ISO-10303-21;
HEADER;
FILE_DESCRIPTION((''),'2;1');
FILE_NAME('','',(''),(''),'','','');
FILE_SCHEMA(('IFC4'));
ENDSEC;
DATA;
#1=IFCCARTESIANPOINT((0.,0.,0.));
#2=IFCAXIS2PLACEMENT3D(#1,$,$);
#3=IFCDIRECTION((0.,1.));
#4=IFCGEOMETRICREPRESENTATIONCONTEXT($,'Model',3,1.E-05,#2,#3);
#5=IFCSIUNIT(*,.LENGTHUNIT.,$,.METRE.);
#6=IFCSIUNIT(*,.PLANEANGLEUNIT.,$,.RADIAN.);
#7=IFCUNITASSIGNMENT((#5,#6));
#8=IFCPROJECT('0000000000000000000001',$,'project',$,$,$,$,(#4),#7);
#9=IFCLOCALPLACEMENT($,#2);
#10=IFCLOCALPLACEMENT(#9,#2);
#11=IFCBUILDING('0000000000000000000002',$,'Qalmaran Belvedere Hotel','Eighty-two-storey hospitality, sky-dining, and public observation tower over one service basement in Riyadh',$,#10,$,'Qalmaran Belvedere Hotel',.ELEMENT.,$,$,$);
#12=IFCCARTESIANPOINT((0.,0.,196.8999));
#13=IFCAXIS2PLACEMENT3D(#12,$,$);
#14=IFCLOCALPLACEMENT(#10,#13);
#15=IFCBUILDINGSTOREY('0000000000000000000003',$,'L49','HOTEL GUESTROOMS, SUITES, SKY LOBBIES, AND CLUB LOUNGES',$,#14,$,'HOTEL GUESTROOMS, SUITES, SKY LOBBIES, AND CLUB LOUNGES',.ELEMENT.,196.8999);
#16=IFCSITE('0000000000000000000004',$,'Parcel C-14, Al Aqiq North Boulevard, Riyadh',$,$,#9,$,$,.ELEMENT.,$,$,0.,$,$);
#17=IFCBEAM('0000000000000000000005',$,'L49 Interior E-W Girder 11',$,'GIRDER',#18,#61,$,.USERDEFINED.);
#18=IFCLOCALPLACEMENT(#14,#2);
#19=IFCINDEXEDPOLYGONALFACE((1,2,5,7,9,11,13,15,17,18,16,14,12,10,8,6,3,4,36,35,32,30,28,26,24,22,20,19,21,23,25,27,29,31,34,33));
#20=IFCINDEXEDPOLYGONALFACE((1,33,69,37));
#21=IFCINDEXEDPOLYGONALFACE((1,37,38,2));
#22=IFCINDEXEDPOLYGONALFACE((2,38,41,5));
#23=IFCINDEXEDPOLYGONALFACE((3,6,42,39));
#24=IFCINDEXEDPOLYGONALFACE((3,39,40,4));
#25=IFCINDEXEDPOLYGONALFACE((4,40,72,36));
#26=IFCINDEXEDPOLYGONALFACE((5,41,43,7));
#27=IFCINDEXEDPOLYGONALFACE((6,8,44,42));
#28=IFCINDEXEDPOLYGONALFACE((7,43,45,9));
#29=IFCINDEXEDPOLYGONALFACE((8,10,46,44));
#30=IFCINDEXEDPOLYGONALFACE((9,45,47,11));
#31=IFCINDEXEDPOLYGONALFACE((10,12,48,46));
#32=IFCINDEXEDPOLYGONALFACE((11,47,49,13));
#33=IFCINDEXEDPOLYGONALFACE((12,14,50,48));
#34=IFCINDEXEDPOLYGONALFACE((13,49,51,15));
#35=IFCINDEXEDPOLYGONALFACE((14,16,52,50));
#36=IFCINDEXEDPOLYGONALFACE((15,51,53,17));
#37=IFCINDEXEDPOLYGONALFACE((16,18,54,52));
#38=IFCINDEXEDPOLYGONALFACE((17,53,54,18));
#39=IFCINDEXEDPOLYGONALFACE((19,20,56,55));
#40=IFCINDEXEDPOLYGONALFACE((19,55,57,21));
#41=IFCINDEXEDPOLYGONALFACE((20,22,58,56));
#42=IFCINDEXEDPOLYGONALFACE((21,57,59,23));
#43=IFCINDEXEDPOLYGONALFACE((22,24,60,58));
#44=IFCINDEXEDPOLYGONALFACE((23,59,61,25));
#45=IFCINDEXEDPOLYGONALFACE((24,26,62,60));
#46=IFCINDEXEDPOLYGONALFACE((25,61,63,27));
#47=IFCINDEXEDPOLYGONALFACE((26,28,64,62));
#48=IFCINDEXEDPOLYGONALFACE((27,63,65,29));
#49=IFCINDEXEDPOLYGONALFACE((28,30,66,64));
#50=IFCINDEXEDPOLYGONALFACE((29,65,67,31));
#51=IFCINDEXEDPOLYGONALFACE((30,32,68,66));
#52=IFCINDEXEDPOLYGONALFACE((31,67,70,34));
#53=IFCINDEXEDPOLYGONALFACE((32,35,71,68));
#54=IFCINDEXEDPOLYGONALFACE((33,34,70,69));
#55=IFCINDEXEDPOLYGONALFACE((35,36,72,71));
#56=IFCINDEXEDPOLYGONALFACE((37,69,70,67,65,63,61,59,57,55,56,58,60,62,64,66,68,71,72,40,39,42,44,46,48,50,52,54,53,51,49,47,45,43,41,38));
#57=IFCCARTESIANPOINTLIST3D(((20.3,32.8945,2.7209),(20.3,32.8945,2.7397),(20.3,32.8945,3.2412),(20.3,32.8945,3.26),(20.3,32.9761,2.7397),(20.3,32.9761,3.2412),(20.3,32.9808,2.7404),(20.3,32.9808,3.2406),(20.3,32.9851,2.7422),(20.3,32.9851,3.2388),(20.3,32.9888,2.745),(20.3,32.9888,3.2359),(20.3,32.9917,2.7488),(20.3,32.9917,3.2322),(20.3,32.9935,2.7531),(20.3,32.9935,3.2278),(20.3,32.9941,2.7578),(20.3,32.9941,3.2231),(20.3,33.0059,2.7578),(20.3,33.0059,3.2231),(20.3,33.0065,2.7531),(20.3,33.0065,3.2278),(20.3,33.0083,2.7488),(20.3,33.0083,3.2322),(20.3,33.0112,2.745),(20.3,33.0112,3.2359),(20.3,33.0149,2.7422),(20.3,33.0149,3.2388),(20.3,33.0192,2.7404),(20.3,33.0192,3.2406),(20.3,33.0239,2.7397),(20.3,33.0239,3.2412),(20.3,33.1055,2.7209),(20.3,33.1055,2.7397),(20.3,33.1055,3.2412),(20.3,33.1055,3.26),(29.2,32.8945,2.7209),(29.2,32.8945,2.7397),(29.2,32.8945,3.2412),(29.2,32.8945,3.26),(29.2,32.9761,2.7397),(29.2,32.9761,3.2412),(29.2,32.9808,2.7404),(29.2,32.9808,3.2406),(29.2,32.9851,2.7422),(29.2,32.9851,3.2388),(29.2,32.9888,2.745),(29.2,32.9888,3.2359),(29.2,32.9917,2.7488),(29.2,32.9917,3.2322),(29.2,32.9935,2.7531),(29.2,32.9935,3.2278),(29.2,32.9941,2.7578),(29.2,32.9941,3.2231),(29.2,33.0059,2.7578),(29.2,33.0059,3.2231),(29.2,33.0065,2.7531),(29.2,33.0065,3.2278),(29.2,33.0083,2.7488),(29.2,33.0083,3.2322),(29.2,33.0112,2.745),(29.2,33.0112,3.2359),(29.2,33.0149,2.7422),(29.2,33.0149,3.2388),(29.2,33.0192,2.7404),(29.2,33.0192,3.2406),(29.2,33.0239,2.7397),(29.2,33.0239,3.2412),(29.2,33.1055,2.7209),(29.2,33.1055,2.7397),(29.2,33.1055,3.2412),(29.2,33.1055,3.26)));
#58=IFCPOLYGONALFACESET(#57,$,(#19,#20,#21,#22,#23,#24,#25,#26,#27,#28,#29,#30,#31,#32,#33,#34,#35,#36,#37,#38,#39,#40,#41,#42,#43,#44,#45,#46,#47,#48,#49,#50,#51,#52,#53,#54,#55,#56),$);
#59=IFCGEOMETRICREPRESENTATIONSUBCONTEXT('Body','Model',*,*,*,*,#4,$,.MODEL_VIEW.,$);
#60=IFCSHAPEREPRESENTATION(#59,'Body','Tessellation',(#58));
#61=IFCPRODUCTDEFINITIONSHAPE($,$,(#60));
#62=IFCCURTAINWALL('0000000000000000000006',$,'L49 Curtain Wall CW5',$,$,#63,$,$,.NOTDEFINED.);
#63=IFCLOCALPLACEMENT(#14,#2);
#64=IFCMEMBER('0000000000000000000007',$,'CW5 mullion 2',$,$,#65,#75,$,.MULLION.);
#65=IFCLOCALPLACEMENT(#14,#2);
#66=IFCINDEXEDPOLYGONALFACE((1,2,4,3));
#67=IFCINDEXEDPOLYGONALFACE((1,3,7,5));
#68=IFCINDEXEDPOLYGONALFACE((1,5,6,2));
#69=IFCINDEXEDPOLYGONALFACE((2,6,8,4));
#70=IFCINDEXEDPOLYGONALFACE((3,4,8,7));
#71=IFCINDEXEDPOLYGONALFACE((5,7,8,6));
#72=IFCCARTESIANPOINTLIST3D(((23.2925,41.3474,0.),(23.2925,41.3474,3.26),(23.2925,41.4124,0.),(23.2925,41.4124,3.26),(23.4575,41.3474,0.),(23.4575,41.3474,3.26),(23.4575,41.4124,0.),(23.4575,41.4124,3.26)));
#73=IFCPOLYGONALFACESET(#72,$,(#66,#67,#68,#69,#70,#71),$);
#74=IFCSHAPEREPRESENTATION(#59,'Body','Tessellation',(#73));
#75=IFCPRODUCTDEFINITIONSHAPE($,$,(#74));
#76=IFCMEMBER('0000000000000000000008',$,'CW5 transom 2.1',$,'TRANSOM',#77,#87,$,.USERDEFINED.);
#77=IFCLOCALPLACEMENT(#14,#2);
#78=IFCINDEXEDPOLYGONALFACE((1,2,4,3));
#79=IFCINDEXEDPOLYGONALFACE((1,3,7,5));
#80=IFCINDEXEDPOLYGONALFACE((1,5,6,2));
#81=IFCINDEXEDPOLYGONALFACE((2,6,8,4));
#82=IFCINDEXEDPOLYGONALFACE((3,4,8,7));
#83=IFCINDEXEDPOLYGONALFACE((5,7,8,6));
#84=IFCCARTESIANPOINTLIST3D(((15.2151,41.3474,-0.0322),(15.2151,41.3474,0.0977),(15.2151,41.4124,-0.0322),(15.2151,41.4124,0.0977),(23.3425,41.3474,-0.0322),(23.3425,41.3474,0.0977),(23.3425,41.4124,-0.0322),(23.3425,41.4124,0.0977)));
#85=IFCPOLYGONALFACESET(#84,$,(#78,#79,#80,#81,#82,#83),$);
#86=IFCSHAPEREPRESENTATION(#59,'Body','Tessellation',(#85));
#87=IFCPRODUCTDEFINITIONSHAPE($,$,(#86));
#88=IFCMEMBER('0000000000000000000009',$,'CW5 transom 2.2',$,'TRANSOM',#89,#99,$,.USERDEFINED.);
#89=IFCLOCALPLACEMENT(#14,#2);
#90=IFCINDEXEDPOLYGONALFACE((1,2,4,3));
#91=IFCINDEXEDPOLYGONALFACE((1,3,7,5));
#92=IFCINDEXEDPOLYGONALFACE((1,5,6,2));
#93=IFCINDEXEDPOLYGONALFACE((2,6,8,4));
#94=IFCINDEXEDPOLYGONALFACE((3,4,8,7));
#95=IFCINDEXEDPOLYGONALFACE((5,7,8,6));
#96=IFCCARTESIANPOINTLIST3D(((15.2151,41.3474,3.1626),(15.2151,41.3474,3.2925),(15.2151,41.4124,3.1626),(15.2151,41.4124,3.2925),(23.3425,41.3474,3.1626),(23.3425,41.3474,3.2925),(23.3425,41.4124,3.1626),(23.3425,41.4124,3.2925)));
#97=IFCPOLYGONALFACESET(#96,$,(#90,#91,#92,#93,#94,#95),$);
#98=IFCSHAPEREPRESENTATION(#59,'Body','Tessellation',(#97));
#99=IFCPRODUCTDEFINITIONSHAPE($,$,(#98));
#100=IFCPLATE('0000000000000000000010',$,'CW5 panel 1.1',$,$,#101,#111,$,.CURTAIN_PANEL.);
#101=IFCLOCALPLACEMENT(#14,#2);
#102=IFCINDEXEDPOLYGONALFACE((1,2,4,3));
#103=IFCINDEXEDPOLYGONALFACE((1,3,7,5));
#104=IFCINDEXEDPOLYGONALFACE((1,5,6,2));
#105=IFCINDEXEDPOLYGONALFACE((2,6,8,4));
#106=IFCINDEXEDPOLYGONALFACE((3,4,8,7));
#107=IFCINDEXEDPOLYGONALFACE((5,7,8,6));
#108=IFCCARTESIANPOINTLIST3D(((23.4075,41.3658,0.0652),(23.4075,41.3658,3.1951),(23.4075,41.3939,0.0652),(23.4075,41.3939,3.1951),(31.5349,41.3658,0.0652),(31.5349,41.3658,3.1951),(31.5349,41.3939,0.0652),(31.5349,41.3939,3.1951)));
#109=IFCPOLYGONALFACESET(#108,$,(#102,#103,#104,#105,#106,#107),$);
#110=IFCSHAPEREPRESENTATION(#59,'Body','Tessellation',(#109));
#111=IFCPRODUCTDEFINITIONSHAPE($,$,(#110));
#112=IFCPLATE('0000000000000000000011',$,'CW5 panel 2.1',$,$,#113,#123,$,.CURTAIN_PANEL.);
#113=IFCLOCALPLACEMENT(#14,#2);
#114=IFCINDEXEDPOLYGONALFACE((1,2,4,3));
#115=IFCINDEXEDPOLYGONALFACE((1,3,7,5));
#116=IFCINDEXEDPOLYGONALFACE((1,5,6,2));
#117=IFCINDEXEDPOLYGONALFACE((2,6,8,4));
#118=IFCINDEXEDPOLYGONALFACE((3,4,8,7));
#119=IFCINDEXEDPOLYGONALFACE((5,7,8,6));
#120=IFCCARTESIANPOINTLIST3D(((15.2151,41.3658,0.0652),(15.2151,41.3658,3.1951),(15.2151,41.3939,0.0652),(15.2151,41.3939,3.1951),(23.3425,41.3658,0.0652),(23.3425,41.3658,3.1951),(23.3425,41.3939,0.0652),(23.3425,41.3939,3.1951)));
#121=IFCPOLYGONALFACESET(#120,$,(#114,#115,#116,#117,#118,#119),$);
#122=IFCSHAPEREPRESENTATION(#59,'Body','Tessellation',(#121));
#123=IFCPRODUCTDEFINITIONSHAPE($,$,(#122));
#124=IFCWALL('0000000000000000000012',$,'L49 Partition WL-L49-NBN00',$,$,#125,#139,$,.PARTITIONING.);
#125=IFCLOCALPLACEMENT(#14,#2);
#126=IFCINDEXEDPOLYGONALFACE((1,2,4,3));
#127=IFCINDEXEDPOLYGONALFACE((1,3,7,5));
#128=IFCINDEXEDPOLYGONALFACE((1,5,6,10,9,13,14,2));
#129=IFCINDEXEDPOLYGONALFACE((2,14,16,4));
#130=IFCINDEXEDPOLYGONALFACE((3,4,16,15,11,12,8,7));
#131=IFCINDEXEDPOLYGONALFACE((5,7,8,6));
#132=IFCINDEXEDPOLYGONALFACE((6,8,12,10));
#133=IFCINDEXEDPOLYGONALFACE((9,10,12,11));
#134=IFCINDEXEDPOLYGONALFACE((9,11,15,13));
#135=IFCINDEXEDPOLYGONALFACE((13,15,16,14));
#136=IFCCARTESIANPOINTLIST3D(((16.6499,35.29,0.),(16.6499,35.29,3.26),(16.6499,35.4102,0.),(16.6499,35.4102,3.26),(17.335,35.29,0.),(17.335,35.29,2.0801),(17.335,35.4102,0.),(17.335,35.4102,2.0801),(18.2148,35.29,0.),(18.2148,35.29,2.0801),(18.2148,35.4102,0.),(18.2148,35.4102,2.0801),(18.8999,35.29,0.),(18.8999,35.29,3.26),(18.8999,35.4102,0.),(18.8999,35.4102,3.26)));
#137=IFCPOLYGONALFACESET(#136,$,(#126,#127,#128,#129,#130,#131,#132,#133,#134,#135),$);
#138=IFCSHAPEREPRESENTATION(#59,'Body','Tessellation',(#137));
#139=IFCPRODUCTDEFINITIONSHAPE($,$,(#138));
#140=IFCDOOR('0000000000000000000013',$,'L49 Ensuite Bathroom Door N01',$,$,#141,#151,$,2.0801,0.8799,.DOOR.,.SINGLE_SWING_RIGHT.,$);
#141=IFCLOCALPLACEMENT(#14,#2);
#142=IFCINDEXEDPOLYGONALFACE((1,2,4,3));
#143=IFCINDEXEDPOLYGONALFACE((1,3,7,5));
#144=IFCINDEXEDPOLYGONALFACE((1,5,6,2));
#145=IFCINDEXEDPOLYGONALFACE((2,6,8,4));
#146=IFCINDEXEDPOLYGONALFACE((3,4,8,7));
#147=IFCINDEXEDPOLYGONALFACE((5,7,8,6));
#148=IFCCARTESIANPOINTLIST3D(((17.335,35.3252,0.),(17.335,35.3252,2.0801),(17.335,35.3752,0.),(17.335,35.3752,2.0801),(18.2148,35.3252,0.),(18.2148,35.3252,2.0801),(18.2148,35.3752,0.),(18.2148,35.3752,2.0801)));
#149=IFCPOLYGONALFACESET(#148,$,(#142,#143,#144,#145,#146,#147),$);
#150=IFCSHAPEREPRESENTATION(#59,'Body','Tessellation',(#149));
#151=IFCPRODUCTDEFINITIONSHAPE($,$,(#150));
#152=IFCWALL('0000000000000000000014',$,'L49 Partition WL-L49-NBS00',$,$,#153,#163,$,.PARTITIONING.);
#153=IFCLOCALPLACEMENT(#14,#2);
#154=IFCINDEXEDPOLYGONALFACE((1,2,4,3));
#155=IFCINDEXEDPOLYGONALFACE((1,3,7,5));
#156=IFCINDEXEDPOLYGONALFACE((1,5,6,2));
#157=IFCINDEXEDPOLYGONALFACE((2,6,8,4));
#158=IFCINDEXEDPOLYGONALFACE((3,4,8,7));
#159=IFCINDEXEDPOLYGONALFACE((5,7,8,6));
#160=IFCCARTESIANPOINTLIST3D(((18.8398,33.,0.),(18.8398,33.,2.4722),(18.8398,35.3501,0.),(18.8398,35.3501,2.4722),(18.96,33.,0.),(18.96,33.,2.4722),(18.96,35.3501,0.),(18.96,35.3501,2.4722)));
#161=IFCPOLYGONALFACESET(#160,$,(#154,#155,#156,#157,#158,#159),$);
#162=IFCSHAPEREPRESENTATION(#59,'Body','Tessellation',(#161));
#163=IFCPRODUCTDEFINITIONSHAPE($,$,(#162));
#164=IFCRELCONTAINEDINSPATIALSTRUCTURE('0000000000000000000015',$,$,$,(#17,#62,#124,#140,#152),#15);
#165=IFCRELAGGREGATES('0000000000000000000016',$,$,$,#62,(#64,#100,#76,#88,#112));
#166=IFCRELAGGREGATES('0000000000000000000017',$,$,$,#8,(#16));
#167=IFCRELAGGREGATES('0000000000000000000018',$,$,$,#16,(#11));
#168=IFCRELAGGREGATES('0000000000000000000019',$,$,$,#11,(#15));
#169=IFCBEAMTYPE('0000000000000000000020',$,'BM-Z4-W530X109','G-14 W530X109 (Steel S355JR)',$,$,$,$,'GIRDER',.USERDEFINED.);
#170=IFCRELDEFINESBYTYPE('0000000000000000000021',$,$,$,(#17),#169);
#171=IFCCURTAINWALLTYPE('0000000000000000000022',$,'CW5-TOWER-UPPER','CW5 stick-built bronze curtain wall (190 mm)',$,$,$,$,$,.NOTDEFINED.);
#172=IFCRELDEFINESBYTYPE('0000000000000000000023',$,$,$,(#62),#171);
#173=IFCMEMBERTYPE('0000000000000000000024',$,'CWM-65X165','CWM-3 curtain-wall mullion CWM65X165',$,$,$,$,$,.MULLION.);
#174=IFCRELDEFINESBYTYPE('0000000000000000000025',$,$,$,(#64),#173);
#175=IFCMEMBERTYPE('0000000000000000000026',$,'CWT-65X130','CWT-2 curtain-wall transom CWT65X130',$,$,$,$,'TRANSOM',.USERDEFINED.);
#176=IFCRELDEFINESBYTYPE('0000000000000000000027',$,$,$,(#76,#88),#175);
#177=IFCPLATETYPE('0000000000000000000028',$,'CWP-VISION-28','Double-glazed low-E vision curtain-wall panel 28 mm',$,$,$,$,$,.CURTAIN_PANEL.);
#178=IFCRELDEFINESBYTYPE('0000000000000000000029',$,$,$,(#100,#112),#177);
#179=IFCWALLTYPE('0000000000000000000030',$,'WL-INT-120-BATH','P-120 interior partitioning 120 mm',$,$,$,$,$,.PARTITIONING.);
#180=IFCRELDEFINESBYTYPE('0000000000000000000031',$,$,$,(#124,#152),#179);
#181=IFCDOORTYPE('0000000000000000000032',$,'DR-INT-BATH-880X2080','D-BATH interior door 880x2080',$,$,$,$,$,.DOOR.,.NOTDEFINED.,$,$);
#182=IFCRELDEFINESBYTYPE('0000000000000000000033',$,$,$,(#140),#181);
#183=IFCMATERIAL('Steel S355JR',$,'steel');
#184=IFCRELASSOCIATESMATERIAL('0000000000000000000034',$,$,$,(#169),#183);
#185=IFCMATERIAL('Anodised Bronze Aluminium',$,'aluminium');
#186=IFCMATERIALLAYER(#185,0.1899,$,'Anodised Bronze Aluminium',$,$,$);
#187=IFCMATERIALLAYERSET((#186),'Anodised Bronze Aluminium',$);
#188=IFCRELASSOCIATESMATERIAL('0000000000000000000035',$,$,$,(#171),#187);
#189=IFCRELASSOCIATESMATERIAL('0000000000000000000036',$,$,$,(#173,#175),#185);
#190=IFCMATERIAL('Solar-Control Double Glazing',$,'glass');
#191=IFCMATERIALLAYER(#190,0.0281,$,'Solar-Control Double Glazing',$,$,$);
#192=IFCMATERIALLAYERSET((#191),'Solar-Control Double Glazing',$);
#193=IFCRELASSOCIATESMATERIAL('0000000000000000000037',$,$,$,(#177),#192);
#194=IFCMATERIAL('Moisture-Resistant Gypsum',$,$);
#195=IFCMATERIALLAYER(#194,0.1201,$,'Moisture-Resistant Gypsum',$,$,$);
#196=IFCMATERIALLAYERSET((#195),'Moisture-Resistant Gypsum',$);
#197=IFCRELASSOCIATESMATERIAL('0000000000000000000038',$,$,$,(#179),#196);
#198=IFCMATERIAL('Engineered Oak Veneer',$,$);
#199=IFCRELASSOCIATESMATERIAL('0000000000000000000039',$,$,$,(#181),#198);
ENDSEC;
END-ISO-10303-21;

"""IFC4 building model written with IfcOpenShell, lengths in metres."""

from ifc_helpers import new_model, si_unit, direction, frame, frame_2d, origin, origin_2d, place, context, subcontext, project, spatial, rectangle, i_section, extrude, material, layer, layer_set, material_profile, profile_set, type_object, element, fill, aggregate, save


model = new_model("IFC4")

# Units and contexts
model_context = context("Model", 3, precision=1e-05, world=origin(), true_north=direction((0.0, 1.0)))
body_context = subcontext(model_context, "Body", "Model", "MODEL_VIEW")
ifc_project = project(units=[si_unit("LENGTHUNIT", "METRE"), si_unit("PLANEANGLEUNIT", "RADIAN")], contexts=[model_context])

# Site, building, storey
site_placement = place(None, origin())
site = spatial("IfcSite", under=ifc_project, at=site_placement, Name="Parcel C-14, Al Aqiq North Boulevard, Riyadh", CompositionType="ELEMENT", RefElevation=0.0)
building_placement = place(site_placement, origin())
building = spatial("IfcBuilding", under=site, at=building_placement, Name="Qalmaran Belvedere Hotel", Description="Eighty-two-storey hospitality, sky-dining, and public observation tower over one service basement in Riyadh", LongName="Qalmaran Belvedere Hotel", CompositionType="ELEMENT")
storey_placement = place(building_placement, frame((0.0, 0.0, 196.8999)))
storey = spatial("IfcBuildingStorey", under=building, at=storey_placement, Name="L49", Description="HOTEL GUESTROOMS, SUITES, SKY LOBBIES, AND CLUB LOUNGES", LongName="HOTEL GUESTROOMS, SUITES, SKY LOBBIES, AND CLUB LOUNGES", CompositionType="ELEMENT", Elevation=196.8999)

# Beam
ifc_material_1 = material(Name="Steel S355JR", Category="steel")
ifc_material_profile_1 = material_profile(ifc_material_1, i_section(OverallWidth=0.2109, OverallDepth=0.5391, WebThickness=0.0117, FlangeThickness=0.0188, FilletRadius=0.0181, at=origin_2d()), Name="W530X109")
ifc_profile_set_1 = profile_set([ifc_material_profile_1], Name="Steel S355JR")
beam_type_1 = type_object("IfcBeamType", Name="BM-Z4-W530X109", Description="G-14 W530X109 (Steel S355JR)", ElementType="GIRDER", PredefinedType="USERDEFINED", material=ifc_profile_set_1)
beam_1_placement = place(storey_placement, frame((20.3, 33.0, 2.9905), z_axis=(1.0, 0.0, 0.0), x_axis=(0.0, 1.0, 0.0)))
element("IfcBeam", 1, at=beam_1_placement, inside=storey, type_object=beam_type_1, Name="L49 Interior E-W Girder 11", ObjectType="GIRDER", PredefinedType="USERDEFINED", context=body_context, shape_type="SweptSolid", body=[
    extrude(i_section(OverallWidth=0.2109, OverallDepth=0.5391, WebThickness=0.0117, FlangeThickness=0.0188, FilletRadius=0.0181, at=origin_2d()), origin(), (0.0, 0.0, 1.0), 8.8999),
])

# Curtain wall, members, plates
ifc_material_2 = material(Name="Anodised Bronze Aluminium", Category="aluminium")
ifc_layer_1 = layer(ifc_material_2, 0.1899, Name="Anodised Bronze Aluminium")
ifc_layer_set_1 = layer_set([ifc_layer_1], Name="Anodised Bronze Aluminium")
curtain_wall_type = type_object("IfcCurtainWallType", Name="CW5-TOWER-UPPER", Description="CW5 stick-built bronze curtain wall (190 mm)", PredefinedType="NOTDEFINED", material=ifc_layer_set_1)
curtain_wall_placement = place(storey_placement, origin())
curtain_wall = element("IfcCurtainWall", 2, at=curtain_wall_placement, inside=storey, type_object=curtain_wall_type, Name="L49 Curtain Wall CW5", PredefinedType="NOTDEFINED")
ifc_material_profile_2 = material_profile(ifc_material_2, rectangle(XDim=0.0649, YDim=0.165, at=origin_2d()), Name="CWM65X165")
ifc_profile_set_2 = profile_set([ifc_material_profile_2], Name="Anodised Bronze Aluminium")
member_type_1 = type_object("IfcMemberType", Name="CWM-65X165", Description="CWM-3 curtain-wall mullion CWM65X165", PredefinedType="MULLION", material=ifc_profile_set_2)
member_1_placement = place(storey_placement, frame((23.375, 41.3799, 0.0), z_axis=(0.0, 0.0, 1.0), x_axis=(0.0, -1.0, 0.0)))
member_1 = element("IfcMember", 3, at=member_1_placement, type_object=member_type_1, Name="CW5 mullion 2", PredefinedType="MULLION", context=body_context, shape_type="SweptSolid", body=[
    extrude(rectangle(XDim=0.0649, YDim=0.165, at=origin_2d()), origin(), (0.0, 0.0, 1.0), 3.26),
])
ifc_material_profile_3 = material_profile(ifc_material_2, rectangle(XDim=0.0649, YDim=0.1299, at=origin_2d()), Name="CWT65X130")
ifc_profile_set_3 = profile_set([ifc_material_profile_3], Name="Anodised Bronze Aluminium")
member_type_2 = type_object("IfcMemberType", Name="CWT-65X130", Description="CWT-2 curtain-wall transom CWT65X130", ElementType="TRANSOM", PredefinedType="USERDEFINED", material=ifc_profile_set_3)
member_2_placement = place(storey_placement, frame((23.3425, 41.3799, 0.0327), z_axis=(-1.0, 0.0, 0.0), x_axis=(0.0, -1.0, 0.0)))
member_2 = element("IfcMember", 4, at=member_2_placement, type_object=member_type_2, Name="CW5 transom 2.1", ObjectType="TRANSOM", PredefinedType="USERDEFINED", context=body_context, shape_type="SweptSolid", body=[
    extrude(rectangle(XDim=0.0649, YDim=0.1299, at=origin_2d()), origin(), (0.0, 0.0, 1.0), 8.1274),
])
member_3_placement = place(storey_placement, frame((23.3425, 41.3799, 3.2275), z_axis=(-1.0, 0.0, 0.0), x_axis=(0.0, -1.0, 0.0)))
member_3 = element("IfcMember", 5, at=member_3_placement, type_object=member_type_2, Name="CW5 transom 2.2", ObjectType="TRANSOM", PredefinedType="USERDEFINED", context=body_context, shape_type="SweptSolid", body=[
    extrude(rectangle(XDim=0.0649, YDim=0.1299, at=origin_2d()), origin(), (0.0, 0.0, 1.0), 8.1274),
])
ifc_material_3 = material(Name="Solar-Control Double Glazing", Category="glass")
ifc_layer_2 = layer(ifc_material_3, 0.0281, Name="Solar-Control Double Glazing")
ifc_layer_set_2 = layer_set([ifc_layer_2], Name="Solar-Control Double Glazing")
plate_type = type_object("IfcPlateType", Name="CWP-VISION-28", Description="Double-glazed low-E vision curtain-wall panel 28 mm", PredefinedType="CURTAIN_PANEL", material=ifc_layer_set_2)
plate_1_placement = place(storey_placement, frame((27.4712, 41.3799, 0.0652), z_axis=(0.0, 0.0, 1.0), x_axis=(-1.0, 0.0, 0.0)))
plate_1 = element("IfcPlate", 6, at=plate_1_placement, type_object=plate_type, Name="CW5 panel 1.1", PredefinedType="CURTAIN_PANEL", context=body_context, shape_type="SweptSolid", body=[
    extrude(rectangle(XDim=8.1274, YDim=0.0281, at=origin_2d()), origin(), (0.0, 0.0, 1.0), 3.1299),
])
plate_2_placement = place(storey_placement, frame((19.2788, 41.3799, 0.0652), z_axis=(0.0, 0.0, 1.0), x_axis=(-1.0, 0.0, 0.0)))
plate_2 = element("IfcPlate", 7, at=plate_2_placement, type_object=plate_type, Name="CW5 panel 2.1", PredefinedType="CURTAIN_PANEL", context=body_context, shape_type="SweptSolid", body=[
    extrude(rectangle(XDim=8.1274, YDim=0.0281, at=origin_2d()), origin(), (0.0, 0.0, 1.0), 3.1299),
])
aggregate(curtain_wall, [member_1, plate_1, member_2, member_3, plate_2])

# Wall, opening, door
ifc_material_4 = material(Name="Moisture-Resistant Gypsum")
ifc_layer_3 = layer(ifc_material_4, 0.1201, Name="Moisture-Resistant Gypsum")
ifc_layer_set_3 = layer_set([ifc_layer_3], Name="Moisture-Resistant Gypsum")
wall_type_1 = type_object("IfcWallType", Name="WL-INT-120-BATH", Description="P-120 interior partitioning 120 mm", PredefinedType="PARTITIONING", material=ifc_layer_set_3)
wall_1_placement = place(storey_placement, frame((16.6499, 35.3501, 0.0), z_axis=(0.0, 0.0, 1.0), x_axis=(1.0, 0.0, 0.0)))
wall_1 = element("IfcWall", 8, at=wall_1_placement, inside=storey, type_object=wall_type_1, Name="L49 Partition WL-L49-NBN00", PredefinedType="PARTITIONING", context=body_context, shape_type="SweptSolid", body=[
    extrude(rectangle(XDim=2.25, YDim=0.1201, at=frame_2d((1.125, 0.0))), origin(), (0.0, 0.0, 1.0), 3.26),
])
opening_1_placement = place(wall_1_placement, frame((1.5649, 0.0, 0.0), z_axis=(0.0, 0.0, 1.0), x_axis=(-1.0, 0.0, 0.0)))
opening_1 = element("IfcOpeningElement", 9, at=opening_1_placement, cuts=wall_1, PredefinedType="OPENING", context=body_context, shape_type="SweptSolid", body=[
    extrude(rectangle(XDim=0.8799, YDim=2.0801, at=frame_2d((0.4399, 1.04))), frame((0.0, 0.0701, 0.0), z_axis=(0.0, -1.0, 0.0), x_axis=(1.0, 0.0, 0.0)), (0.0, 0.0, 1.0), 0.1401),
])
ifc_material_5 = material(Name="Engineered Oak Veneer")
door_type_1 = type_object("IfcDoorType", Name="DR-INT-BATH-880X2080", Description="D-BATH interior door 880x2080", OperationType="NOTDEFINED", PredefinedType="DOOR", material=ifc_material_5)
door_1_placement = place(opening_1_placement, origin())
door_1 = element("IfcDoor", 10, at=door_1_placement, inside=storey, type_object=door_type_1, Name="L49 Ensuite Bathroom Door N01", OperationType="SINGLE_SWING_RIGHT", OverallHeight=2.0801, OverallWidth=0.8799, PredefinedType="DOOR", context=body_context, shape_type="SweptSolid", body=[
    extrude(rectangle(XDim=0.8799, YDim=2.0801, at=frame_2d((0.4399, 1.04))), frame((0.0, 0.0249, 0.0), z_axis=(0.0, -1.0, 0.0), x_axis=(1.0, 0.0, 0.0)), (0.0, 0.0, 1.0), 0.05),
])
fill(opening_1, door_1)

# Wall
wall_2_placement = place(storey_placement, frame((18.8999, 33.0, 0.0), z_axis=(0.0, 0.0, 1.0), x_axis=(0.0, 1.0, 0.0)))
element("IfcWall", 11, at=wall_2_placement, inside=storey, type_object=wall_type_1, Name="L49 Partition WL-L49-NBS00", PredefinedType="PARTITIONING", context=body_context, shape_type="SweptSolid", body=[
    extrude(rectangle(XDim=2.3501, YDim=0.1201, at=frame_2d((1.175, 0.0))), origin(), (0.0, 0.0, 1.0), 2.4722),
])

save(model, "model.ifc")
